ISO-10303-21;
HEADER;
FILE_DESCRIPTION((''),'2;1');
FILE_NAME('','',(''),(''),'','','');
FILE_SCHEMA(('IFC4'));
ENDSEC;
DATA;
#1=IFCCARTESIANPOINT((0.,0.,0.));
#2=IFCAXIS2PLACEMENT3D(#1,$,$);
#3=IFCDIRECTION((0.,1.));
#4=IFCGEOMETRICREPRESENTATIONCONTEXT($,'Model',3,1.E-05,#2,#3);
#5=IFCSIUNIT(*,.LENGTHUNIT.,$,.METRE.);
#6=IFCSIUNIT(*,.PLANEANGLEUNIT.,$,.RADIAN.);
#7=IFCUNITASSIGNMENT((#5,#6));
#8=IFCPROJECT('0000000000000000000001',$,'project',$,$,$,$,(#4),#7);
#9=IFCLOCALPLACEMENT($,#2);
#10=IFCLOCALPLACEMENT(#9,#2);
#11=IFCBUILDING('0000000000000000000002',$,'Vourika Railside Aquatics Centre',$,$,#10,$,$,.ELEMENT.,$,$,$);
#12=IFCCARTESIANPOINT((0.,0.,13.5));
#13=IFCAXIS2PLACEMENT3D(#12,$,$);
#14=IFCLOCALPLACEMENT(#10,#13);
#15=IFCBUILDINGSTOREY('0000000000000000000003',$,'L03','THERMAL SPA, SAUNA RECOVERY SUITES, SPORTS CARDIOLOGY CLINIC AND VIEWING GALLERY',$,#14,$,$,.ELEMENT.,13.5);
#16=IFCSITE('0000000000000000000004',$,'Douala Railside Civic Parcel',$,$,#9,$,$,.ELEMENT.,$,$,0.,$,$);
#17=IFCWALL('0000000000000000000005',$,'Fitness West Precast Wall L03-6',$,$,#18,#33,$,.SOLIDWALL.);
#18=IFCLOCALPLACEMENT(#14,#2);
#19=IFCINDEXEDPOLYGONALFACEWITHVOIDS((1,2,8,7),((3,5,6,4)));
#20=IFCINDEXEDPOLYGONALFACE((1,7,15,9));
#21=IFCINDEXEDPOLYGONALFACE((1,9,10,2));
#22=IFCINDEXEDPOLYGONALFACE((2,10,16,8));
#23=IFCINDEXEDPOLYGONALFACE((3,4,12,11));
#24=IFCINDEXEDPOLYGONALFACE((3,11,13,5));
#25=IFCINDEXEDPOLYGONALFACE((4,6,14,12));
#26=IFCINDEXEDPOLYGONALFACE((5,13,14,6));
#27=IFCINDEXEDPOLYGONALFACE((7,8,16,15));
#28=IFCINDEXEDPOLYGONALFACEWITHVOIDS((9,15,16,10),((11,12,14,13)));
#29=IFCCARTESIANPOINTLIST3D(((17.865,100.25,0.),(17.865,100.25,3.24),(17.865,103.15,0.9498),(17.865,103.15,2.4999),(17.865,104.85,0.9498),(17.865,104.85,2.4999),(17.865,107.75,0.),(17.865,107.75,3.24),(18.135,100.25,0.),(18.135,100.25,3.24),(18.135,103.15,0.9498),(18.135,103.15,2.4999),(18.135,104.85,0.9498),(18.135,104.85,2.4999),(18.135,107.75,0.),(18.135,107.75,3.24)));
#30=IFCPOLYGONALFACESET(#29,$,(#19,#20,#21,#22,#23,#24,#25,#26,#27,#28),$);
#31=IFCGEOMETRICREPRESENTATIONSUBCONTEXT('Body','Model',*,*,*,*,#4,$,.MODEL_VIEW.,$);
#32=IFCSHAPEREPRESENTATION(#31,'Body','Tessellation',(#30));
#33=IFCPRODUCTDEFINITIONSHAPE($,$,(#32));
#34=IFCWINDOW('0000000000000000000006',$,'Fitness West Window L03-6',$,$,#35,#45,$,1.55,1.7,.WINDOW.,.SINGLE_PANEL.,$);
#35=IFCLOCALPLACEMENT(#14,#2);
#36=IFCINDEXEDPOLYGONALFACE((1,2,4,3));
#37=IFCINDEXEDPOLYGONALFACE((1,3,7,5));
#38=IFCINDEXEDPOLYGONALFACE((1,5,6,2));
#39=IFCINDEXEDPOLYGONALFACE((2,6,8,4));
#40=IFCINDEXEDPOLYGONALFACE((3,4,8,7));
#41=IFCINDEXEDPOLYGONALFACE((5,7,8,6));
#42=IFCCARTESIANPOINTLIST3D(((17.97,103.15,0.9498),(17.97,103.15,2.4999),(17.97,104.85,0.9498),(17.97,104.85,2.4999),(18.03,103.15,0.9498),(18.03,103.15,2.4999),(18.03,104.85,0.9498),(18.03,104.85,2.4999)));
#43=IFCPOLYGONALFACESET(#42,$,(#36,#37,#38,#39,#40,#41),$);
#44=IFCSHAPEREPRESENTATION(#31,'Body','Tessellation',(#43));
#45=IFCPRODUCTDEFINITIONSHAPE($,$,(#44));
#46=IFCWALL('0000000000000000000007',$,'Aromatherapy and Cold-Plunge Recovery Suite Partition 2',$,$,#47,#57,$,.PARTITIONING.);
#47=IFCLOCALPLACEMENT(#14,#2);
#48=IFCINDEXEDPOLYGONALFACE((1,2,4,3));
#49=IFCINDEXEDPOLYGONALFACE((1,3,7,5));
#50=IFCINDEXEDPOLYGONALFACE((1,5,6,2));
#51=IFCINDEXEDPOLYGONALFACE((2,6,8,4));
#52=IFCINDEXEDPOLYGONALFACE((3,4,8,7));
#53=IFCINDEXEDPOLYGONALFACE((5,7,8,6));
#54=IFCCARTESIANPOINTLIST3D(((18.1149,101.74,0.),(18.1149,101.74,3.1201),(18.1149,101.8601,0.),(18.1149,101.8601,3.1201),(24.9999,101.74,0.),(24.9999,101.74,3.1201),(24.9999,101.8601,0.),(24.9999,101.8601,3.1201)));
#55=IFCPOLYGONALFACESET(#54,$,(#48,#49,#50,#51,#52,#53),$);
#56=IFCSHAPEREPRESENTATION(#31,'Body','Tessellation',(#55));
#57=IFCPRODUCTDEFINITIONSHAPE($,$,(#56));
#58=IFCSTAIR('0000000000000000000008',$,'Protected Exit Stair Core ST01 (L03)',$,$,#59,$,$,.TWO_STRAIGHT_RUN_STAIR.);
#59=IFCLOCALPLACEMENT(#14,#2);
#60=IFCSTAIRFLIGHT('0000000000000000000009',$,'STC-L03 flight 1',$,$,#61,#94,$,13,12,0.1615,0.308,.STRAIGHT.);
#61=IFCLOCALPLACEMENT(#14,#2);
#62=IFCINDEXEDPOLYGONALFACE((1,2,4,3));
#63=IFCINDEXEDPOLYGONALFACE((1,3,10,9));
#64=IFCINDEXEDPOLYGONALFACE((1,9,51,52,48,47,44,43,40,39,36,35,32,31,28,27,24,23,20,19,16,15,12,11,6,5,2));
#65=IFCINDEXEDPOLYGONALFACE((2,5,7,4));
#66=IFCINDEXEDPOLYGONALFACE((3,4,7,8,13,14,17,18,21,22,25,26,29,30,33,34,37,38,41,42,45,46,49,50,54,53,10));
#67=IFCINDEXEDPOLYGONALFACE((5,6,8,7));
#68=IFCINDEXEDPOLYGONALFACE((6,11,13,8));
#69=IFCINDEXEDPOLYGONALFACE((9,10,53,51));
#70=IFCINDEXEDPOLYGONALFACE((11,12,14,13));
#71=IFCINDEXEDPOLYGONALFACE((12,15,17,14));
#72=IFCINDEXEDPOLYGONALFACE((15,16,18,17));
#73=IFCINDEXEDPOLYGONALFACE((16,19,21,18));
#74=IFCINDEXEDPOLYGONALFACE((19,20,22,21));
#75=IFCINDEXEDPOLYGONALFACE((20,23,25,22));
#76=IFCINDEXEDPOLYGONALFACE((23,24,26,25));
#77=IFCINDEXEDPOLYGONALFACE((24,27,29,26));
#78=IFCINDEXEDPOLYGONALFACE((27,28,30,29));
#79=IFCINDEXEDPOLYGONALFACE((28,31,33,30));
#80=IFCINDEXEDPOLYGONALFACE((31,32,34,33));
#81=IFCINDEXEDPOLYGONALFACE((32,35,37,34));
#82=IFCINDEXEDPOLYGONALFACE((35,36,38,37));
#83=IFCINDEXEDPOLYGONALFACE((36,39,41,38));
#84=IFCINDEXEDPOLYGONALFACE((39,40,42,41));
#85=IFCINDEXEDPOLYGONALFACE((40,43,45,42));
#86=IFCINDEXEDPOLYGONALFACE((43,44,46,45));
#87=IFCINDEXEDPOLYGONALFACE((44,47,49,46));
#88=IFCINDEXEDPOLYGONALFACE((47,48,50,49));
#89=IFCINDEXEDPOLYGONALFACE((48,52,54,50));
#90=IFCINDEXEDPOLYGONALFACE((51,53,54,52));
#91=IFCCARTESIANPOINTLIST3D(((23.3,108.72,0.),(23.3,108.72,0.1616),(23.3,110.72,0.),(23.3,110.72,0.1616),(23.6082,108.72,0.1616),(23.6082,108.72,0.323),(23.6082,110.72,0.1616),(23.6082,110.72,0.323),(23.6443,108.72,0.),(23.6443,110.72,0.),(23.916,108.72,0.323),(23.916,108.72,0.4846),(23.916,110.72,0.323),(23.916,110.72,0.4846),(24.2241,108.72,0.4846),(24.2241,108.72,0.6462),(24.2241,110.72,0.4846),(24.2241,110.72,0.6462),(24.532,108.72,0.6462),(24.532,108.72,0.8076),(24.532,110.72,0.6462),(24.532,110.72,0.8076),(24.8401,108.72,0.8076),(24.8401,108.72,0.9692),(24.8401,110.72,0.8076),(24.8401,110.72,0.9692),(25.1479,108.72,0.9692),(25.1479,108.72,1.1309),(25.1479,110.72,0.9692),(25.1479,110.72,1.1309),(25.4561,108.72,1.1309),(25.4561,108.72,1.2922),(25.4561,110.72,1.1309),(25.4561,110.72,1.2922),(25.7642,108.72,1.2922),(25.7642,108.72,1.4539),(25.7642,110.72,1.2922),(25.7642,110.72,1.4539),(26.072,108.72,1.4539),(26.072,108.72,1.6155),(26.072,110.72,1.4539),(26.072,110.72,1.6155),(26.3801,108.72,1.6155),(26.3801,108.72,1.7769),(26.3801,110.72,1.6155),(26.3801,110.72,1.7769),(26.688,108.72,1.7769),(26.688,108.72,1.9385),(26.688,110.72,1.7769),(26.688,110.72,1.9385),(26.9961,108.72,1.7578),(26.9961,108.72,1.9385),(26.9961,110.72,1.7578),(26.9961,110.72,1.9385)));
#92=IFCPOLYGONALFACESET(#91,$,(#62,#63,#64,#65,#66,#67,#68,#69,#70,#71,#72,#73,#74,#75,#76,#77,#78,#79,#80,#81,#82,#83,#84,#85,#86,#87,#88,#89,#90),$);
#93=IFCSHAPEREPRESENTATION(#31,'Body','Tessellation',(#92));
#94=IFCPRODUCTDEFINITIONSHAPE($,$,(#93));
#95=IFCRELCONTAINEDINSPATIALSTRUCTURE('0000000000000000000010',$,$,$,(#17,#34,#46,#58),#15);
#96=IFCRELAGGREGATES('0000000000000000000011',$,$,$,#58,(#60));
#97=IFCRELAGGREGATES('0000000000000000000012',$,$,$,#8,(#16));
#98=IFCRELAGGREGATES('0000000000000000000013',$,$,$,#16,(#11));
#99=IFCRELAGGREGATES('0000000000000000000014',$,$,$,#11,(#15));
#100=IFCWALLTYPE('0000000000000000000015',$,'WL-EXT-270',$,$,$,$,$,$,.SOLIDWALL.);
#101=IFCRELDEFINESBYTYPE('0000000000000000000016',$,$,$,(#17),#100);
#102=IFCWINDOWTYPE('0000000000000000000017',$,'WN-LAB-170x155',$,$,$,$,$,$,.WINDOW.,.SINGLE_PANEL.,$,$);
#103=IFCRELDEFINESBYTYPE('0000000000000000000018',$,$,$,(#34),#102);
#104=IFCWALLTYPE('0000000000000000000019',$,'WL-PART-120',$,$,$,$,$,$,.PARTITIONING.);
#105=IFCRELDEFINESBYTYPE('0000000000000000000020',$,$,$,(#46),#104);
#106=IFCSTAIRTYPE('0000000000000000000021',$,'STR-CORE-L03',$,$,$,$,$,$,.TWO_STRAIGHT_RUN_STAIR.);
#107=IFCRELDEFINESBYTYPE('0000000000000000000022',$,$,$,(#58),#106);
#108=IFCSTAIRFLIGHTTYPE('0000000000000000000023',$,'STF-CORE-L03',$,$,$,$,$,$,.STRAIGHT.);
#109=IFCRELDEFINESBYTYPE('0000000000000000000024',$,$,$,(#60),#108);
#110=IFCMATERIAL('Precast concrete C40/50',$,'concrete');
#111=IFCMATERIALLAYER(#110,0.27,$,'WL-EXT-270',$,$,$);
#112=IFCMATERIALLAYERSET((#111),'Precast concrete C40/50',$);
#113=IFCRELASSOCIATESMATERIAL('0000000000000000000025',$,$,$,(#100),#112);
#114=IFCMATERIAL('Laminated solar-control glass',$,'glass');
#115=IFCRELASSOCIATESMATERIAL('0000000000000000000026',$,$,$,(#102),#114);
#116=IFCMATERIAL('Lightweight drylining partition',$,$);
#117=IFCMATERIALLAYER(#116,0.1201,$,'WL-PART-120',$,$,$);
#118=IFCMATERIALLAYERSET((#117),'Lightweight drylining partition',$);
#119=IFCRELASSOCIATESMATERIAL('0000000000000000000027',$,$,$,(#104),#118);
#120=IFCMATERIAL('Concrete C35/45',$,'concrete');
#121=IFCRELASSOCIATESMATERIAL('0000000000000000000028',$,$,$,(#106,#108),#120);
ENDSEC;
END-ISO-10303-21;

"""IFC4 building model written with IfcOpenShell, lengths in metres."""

from ifc_helpers import new_model, si_unit, direction, frame, frame_2d, origin, place, context, subcontext, project, spatial, polyline, rectangle, outline, extrude, material, layer, layer_set, type_object, element, fill, aggregate, save


model = new_model("IFC4")

# Units and contexts
model_context = context("Model", 3, precision=1e-05, world=origin(), true_north=direction((0.0, 1.0)))
body_context = subcontext(model_context, "Body", "Model", "MODEL_VIEW")
ifc_project = project(units=[si_unit("LENGTHUNIT", "METRE"), si_unit("PLANEANGLEUNIT", "RADIAN")], contexts=[model_context])

# Site, building, storey
site_placement = place(None, origin())
site = spatial("IfcSite", under=ifc_project, at=site_placement, Name="Douala Railside Civic Parcel", CompositionType="ELEMENT", RefElevation=0.0)
building_placement = place(site_placement, origin())
building = spatial("IfcBuilding", under=site, at=building_placement, Name="Vourika Railside Aquatics Centre", CompositionType="ELEMENT")
storey_placement = place(building_placement, frame((0.0, 0.0, 13.5)))
storey = spatial("IfcBuildingStorey", under=building, at=storey_placement, Name="L03", Description="THERMAL SPA, SAUNA RECOVERY SUITES, SPORTS CARDIOLOGY CLINIC AND VIEWING GALLERY", CompositionType="ELEMENT", Elevation=13.5)

# Shared definitions
ifc_material_1 = material(Name="Concrete C35/45", Category="concrete")

# Wall, opening, window
ifc_material_2 = material(Name="Precast concrete C40/50", Category="concrete")
ifc_layer_1 = layer(ifc_material_2, 0.27, Name="WL-EXT-270")
ifc_layer_set_1 = layer_set([ifc_layer_1], Name="Precast concrete C40/50")
wall_type_1 = type_object("IfcWallType", Name="WL-EXT-270", PredefinedType="SOLIDWALL", material=ifc_layer_set_1)
wall_1_placement = place(storey_placement, frame((18.0, 107.75, 0.0), z_axis=(0.0, 0.0, 1.0), x_axis=(0.0, -1.0, 0.0)))
wall_1 = element("IfcWall", 1, at=wall_1_placement, inside=storey, type_object=wall_type_1, Name="Fitness West Precast Wall L03-6", PredefinedType="SOLIDWALL", context=body_context, shape_type="SweptSolid", body=[
    extrude(rectangle(XDim=7.5, YDim=0.27, at=frame_2d((3.75, 0.0))), origin(), (0.0, 0.0, 1.0), 3.24),
])
opening_1_placement = place(wall_1_placement, frame((2.8999, 0.0, 0.95)))
opening_1 = element("IfcOpeningElement", 2, at=opening_1_placement, cuts=wall_1, PredefinedType="OPENING", context=body_context, shape_type="SweptSolid", body=[
    extrude(rectangle(XDim=1.7, YDim=1.55, at=frame_2d((0.8501, 0.7749))), frame((0.0, 0.145, 0.0), z_axis=(0.0, -1.0, 0.0), x_axis=(1.0, 0.0, 0.0)), (0.0, 0.0, 1.0), 0.29),
])
ifc_material_3 = material(Name="Laminated solar-control glass", Category="glass")
window_type = type_object("IfcWindowType", Name="WN-LAB-170x155", PartitioningType="SINGLE_PANEL", PredefinedType="WINDOW", material=ifc_material_3)
window_placement = place(opening_1_placement, origin())
window = element("IfcWindow", 3, at=window_placement, inside=storey, type_object=window_type, Name="Fitness West Window L03-6", OverallHeight=1.55, OverallWidth=1.7, PartitioningType="SINGLE_PANEL", PredefinedType="WINDOW", context=body_context, shape_type="SweptSolid", body=[
    extrude(rectangle(XDim=1.7, YDim=1.55, at=frame_2d((0.8501, 0.7749))), frame((0.0, 0.03, 0.0), z_axis=(0.0, -1.0, 0.0), x_axis=(1.0, 0.0, 0.0)), (0.0, 0.0, 1.0), 0.0601),
])
fill(opening_1, window)

# Wall
ifc_material_4 = material(Name="Lightweight drylining partition")
ifc_layer_2 = layer(ifc_material_4, 0.1201, Name="WL-PART-120")
ifc_layer_set_2 = layer_set([ifc_layer_2], Name="Lightweight drylining partition")
wall_type_2 = type_object("IfcWallType", Name="WL-PART-120", PredefinedType="PARTITIONING", material=ifc_layer_set_2)
wall_2_placement = place(storey_placement, frame((18.115, 101.8, 0.0), z_axis=(0.0, 0.0, 1.0), x_axis=(1.0, 0.0, 0.0)))
element("IfcWall", 4, at=wall_2_placement, inside=storey, type_object=wall_type_2, Name="Aromatherapy and Cold-Plunge Recovery Suite Partition 2", PredefinedType="PARTITIONING", context=body_context, shape_type="SweptSolid", body=[
    extrude(rectangle(XDim=6.885, YDim=0.1201, at=frame_2d((3.4424, 0.0))), origin(), (0.0, 0.0, 1.0), 3.1201),
])

# Stair, stair flight
stair_type = type_object("IfcStairType", Name="STR-CORE-L03", PredefinedType="TWO_STRAIGHT_RUN_STAIR", material=ifc_material_1)
stair_placement = place(storey_placement, origin())
stair = element("IfcStair", 5, at=stair_placement, inside=storey, type_object=stair_type, Name="Protected Exit Stair Core ST01 (L03)", PredefinedType="TWO_STRAIGHT_RUN_STAIR")
stair_flight_type = type_object("IfcStairFlightType", Name="STF-CORE-L03", PredefinedType="STRAIGHT", material=ifc_material_1)
stair_flight_placement = place(storey_placement, frame((23.3, 109.72, 0.0), z_axis=(0.0, 0.0, 1.0), x_axis=(1.0, 0.0, 0.0)))
stair_flight = element("IfcStairFlight", 6, at=stair_flight_placement, type_object=stair_flight_type, Name="STC-L03 flight 1", NumberOfRisers=13, NumberOfTreads=12, PredefinedType="STRAIGHT", RiserHeight=0.1615, TreadLength=0.308, context=body_context, shape_type="SweptSolid", body=[
    extrude(outline(polyline([(0.0, 0.0), (0.0, 0.1616), (0.3081, 0.1616), (0.3081, 0.323), (0.616, 0.323), (0.616, 0.4846), (0.9241, 0.4846), (0.9241, 0.6462), (1.2319, 0.6462), (1.2319, 0.8076), (1.54, 0.8076), (1.54, 0.9692), (1.8479, 0.9692), (1.8479, 1.1309), (2.156, 1.1309), (2.156, 1.2922), (2.4641, 1.2922), (2.4641, 1.4539), (2.772, 1.4539), (2.772, 1.6155), (3.0801, 1.6155), (3.0801, 1.7769), (3.3879, 1.7769), (3.3879, 1.9385), (3.696, 1.9385), (3.696, 2.1001), (3.696, 1.7578), (0.3442, 0.0), (0.0, 0.0)])), frame((0.0, 1.0, 0.0), z_axis=(0.0, -1.0, 0.0), x_axis=(1.0, 0.0, 0.0)), (0.0, 0.0, 1.0), 2.0),
])
aggregate(stair, [stair_flight])

save(model, "model.ifc")
